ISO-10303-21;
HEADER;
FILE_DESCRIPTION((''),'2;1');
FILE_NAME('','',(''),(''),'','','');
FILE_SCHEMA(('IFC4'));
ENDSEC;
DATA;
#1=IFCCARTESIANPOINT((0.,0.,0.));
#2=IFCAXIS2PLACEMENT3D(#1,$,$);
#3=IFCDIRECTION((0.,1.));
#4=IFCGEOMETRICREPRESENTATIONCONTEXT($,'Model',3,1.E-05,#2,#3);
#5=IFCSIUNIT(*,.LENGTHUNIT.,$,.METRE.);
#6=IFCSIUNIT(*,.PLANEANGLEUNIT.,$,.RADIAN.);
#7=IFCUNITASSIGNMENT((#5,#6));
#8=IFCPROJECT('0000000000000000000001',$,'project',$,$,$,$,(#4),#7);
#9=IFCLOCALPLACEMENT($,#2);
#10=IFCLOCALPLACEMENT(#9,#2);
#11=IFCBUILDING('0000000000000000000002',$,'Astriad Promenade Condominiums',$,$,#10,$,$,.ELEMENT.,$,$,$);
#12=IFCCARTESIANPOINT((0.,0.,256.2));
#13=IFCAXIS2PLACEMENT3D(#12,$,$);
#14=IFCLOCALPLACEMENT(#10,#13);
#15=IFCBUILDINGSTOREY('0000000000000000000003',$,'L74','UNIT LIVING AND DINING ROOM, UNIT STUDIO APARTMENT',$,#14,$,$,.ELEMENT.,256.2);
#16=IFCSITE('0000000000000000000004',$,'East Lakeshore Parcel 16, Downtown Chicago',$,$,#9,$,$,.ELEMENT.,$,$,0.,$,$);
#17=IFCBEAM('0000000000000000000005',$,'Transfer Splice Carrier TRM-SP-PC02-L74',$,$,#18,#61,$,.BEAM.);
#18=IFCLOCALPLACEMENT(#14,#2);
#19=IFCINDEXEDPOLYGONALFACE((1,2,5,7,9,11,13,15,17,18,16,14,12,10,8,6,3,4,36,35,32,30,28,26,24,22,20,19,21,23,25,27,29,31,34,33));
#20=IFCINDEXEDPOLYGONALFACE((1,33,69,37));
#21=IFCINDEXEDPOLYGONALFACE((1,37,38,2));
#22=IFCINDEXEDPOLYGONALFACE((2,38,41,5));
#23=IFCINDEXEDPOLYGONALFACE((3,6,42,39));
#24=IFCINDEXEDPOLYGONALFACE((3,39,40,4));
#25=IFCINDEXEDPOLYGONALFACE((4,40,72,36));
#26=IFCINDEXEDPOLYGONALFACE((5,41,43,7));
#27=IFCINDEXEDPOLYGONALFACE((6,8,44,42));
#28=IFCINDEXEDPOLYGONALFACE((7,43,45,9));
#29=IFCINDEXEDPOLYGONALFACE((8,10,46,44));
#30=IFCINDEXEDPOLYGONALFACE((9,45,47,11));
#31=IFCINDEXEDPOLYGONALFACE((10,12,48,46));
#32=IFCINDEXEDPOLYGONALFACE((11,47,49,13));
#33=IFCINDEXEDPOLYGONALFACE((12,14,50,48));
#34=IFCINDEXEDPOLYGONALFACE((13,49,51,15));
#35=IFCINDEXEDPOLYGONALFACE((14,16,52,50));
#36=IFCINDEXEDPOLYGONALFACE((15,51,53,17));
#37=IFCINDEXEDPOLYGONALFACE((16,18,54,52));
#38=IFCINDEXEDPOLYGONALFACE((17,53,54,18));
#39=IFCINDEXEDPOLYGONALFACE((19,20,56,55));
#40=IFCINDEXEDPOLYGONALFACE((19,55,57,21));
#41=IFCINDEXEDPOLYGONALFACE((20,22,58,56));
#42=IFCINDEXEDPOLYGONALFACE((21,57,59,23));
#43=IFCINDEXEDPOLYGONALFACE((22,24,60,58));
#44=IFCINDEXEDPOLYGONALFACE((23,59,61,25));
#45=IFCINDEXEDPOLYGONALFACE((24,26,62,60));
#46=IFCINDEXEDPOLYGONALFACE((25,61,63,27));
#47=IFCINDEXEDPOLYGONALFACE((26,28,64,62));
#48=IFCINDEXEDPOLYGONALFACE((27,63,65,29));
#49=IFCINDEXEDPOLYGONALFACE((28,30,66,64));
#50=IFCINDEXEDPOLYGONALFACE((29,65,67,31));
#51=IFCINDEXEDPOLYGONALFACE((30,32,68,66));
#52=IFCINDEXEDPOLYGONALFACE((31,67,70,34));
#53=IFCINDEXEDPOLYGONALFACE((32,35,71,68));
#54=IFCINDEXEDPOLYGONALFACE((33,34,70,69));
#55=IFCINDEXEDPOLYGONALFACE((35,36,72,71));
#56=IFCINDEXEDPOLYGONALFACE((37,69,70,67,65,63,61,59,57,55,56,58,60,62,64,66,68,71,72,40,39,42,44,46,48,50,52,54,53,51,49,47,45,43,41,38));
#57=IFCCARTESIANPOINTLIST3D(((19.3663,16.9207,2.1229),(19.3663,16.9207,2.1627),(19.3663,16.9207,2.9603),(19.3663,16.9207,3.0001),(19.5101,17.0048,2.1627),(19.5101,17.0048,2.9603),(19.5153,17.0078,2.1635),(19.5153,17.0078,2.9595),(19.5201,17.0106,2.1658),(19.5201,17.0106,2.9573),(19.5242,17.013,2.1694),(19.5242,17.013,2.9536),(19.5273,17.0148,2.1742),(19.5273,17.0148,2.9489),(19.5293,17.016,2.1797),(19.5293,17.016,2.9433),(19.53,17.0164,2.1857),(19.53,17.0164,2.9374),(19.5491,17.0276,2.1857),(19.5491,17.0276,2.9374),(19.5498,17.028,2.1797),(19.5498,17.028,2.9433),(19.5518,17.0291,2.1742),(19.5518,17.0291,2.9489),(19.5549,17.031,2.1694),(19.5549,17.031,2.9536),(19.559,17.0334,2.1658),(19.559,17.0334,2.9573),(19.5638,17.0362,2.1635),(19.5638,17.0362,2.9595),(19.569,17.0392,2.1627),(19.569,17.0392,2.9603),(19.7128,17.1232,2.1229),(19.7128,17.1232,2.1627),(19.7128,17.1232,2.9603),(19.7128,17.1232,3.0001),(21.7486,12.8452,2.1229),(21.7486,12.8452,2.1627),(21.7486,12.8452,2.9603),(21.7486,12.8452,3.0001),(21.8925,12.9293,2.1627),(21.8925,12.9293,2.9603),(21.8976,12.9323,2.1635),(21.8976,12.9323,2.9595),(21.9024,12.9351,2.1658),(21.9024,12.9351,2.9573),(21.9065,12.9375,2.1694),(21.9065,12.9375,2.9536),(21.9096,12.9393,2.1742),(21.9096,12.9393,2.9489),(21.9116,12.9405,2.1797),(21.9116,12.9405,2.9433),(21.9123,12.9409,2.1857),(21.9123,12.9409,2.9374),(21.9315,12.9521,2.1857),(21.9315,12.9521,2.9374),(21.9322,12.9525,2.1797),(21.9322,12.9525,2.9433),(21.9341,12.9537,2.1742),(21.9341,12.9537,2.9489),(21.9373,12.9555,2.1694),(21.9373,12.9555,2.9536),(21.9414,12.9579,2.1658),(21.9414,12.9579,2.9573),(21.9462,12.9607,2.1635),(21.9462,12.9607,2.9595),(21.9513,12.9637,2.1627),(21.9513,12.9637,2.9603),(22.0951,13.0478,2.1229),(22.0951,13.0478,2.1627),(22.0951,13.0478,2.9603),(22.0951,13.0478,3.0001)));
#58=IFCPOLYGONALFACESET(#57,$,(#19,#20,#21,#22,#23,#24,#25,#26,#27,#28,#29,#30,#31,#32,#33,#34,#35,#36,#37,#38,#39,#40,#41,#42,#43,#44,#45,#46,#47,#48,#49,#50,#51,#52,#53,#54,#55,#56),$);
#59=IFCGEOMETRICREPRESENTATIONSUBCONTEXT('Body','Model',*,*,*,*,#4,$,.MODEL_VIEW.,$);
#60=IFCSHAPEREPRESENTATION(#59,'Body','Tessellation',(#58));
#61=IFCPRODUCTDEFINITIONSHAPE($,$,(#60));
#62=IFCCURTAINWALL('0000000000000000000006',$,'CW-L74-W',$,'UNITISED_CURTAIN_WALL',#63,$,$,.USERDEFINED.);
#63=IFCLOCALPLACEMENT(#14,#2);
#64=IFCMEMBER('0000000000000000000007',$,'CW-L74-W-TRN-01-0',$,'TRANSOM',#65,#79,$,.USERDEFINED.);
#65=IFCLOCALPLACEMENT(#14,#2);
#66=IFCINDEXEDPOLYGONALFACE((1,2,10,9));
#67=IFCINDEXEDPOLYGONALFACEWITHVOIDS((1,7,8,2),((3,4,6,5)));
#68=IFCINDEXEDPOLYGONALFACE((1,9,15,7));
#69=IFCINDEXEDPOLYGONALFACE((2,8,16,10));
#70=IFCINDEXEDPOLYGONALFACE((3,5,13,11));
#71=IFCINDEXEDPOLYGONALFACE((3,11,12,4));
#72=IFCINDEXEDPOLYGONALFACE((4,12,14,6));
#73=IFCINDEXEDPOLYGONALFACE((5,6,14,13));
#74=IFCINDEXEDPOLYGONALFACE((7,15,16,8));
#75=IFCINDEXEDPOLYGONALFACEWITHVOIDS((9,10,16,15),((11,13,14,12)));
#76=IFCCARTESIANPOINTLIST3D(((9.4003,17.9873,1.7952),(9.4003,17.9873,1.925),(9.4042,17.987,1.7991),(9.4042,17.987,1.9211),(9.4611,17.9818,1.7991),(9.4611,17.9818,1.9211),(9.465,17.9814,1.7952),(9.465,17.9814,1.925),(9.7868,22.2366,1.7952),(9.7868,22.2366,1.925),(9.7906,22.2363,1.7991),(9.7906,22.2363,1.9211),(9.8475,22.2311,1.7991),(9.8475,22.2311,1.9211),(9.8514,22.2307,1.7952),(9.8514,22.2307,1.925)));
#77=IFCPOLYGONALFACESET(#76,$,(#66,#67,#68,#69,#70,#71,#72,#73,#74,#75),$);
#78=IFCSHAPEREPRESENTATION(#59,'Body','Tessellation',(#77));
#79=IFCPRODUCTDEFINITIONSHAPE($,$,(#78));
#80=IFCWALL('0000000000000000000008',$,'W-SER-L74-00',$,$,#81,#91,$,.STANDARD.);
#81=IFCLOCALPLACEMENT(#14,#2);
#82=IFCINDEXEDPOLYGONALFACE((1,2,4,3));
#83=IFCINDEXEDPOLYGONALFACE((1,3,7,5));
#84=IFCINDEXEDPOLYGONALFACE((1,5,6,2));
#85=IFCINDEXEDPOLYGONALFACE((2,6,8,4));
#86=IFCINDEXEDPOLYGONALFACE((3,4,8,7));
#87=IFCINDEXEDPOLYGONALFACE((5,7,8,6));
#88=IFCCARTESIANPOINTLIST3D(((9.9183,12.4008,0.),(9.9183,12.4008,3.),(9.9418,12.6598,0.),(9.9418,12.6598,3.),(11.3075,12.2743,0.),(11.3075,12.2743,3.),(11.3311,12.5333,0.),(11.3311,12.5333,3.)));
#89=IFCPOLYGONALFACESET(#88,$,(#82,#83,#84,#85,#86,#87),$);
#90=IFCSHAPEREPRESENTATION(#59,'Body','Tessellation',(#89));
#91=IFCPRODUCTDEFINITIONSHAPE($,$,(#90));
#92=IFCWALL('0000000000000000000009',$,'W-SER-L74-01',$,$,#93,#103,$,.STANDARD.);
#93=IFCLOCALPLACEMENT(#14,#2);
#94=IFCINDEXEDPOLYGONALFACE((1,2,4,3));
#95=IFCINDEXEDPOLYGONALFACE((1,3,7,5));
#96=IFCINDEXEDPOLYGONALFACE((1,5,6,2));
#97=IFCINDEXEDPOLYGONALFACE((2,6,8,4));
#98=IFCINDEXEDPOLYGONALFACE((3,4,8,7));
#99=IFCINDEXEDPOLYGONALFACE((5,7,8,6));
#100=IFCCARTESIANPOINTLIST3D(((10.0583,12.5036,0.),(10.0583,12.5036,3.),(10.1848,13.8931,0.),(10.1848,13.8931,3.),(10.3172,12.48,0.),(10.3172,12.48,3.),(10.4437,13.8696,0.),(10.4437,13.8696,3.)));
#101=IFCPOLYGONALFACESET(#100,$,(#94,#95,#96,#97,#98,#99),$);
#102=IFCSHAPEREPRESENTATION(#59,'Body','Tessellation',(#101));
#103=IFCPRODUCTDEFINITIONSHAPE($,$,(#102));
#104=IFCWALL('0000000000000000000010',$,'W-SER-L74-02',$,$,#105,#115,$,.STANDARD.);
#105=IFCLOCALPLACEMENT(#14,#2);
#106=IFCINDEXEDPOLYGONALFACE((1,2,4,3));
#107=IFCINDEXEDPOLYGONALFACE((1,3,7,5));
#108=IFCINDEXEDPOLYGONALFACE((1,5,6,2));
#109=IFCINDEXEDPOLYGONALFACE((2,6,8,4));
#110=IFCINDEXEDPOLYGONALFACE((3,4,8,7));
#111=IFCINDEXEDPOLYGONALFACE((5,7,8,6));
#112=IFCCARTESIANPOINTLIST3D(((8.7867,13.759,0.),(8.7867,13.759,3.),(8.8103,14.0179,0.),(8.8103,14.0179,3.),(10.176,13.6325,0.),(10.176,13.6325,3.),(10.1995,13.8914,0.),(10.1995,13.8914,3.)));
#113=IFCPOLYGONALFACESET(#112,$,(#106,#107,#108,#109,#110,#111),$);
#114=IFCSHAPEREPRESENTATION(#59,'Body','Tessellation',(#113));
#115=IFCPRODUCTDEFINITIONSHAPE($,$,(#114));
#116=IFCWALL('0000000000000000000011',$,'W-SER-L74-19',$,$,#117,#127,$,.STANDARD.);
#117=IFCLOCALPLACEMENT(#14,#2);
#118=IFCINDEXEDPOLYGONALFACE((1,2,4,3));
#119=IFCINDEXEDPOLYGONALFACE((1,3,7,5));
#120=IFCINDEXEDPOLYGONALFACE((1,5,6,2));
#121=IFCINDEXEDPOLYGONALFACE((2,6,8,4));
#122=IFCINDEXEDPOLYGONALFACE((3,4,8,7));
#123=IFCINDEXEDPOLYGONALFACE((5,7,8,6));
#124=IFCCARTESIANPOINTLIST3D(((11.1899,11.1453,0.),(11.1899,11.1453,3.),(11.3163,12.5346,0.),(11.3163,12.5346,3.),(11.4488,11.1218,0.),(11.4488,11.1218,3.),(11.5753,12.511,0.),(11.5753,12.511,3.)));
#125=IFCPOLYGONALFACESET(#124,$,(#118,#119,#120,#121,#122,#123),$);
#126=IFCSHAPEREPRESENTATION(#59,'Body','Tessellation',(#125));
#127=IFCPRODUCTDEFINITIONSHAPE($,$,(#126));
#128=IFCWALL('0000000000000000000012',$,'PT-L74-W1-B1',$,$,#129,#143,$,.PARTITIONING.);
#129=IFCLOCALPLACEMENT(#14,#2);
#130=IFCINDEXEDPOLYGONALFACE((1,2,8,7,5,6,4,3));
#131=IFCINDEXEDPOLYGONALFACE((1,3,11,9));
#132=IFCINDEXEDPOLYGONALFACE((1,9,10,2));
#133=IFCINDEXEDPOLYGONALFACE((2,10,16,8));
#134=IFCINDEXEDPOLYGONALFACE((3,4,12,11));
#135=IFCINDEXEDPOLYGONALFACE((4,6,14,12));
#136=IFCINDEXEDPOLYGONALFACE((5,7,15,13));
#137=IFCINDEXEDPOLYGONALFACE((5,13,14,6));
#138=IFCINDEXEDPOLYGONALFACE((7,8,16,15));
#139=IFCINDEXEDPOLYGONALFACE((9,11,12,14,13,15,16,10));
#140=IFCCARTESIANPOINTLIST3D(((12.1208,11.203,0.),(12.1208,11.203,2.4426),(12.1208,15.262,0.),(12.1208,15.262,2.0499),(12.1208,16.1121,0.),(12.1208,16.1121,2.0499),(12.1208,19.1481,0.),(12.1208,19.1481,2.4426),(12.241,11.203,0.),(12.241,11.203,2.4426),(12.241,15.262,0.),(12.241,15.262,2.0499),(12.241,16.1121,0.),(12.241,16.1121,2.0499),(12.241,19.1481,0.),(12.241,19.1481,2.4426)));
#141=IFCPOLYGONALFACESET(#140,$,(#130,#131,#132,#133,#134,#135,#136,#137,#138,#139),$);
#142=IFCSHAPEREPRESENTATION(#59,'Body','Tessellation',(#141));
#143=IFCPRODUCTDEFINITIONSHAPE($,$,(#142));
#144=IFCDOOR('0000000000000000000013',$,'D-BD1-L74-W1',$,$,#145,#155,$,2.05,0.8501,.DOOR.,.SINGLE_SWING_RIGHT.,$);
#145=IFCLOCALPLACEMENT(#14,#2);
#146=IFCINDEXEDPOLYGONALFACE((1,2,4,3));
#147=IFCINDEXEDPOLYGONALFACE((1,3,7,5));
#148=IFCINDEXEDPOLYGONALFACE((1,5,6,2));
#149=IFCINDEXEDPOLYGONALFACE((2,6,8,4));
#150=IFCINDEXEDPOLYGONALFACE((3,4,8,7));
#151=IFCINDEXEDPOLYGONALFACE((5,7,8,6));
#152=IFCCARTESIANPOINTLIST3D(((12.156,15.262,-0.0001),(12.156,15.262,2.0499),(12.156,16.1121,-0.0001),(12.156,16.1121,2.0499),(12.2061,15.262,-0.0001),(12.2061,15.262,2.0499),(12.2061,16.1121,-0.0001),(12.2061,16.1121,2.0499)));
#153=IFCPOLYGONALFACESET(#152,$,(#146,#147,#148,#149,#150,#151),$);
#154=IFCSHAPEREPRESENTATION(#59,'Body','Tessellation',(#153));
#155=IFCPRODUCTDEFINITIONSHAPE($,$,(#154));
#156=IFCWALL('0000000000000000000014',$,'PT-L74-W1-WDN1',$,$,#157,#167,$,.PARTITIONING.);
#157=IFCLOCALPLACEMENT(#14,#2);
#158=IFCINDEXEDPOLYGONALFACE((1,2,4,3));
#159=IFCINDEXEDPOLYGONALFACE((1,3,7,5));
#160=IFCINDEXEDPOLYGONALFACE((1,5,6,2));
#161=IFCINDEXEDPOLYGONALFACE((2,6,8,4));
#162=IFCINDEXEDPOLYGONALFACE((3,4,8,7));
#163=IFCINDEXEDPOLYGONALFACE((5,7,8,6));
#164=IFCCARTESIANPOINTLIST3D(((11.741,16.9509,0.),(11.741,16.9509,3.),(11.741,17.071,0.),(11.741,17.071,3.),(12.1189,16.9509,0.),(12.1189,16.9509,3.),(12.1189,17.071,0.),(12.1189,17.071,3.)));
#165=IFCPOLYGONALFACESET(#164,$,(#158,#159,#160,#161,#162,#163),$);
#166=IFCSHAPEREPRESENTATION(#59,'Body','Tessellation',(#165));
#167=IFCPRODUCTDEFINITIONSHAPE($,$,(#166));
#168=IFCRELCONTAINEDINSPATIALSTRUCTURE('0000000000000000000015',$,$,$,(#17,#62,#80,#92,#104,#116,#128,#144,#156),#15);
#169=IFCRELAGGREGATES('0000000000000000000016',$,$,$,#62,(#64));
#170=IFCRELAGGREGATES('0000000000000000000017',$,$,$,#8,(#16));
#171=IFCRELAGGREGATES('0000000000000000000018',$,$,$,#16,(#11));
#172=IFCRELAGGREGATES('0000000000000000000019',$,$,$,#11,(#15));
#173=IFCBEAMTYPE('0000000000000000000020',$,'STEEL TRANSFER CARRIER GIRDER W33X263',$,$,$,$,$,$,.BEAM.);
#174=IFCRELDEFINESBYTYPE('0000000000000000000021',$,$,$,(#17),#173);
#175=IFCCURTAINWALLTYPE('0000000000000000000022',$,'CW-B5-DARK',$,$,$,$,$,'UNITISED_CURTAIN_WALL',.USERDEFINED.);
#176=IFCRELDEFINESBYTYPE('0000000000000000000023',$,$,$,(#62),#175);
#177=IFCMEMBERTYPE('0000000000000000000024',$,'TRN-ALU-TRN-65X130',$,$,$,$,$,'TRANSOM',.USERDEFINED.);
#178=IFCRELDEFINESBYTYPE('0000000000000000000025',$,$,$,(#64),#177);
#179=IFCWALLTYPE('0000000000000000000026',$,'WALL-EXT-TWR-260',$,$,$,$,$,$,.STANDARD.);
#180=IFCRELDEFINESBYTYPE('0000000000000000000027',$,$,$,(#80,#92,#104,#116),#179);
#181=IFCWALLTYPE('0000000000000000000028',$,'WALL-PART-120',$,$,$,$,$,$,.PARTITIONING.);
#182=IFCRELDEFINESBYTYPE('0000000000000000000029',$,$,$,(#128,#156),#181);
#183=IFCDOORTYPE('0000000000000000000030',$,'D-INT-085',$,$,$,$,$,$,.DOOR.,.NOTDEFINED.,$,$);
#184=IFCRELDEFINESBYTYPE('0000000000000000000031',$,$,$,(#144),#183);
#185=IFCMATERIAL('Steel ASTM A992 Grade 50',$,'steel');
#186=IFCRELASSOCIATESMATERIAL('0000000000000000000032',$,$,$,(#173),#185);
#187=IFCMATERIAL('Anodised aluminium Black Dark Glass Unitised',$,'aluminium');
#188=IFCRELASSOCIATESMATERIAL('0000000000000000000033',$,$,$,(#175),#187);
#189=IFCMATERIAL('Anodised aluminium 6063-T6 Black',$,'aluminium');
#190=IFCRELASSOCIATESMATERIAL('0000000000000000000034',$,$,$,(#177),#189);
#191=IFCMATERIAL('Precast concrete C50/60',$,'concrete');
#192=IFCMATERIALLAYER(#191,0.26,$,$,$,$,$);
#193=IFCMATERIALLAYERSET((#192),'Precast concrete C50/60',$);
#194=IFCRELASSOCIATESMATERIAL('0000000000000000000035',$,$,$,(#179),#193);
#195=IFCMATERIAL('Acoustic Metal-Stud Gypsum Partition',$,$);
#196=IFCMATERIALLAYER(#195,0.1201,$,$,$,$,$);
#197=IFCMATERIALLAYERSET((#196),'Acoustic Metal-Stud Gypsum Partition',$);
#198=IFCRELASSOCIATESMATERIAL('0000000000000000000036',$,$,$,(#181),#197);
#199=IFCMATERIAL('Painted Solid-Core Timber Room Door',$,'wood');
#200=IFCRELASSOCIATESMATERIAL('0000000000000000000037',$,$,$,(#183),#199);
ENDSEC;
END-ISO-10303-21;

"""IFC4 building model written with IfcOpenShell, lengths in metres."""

from ifc_helpers import new_model, si_unit, direction, frame, frame_2d, origin, origin_2d, place, context, subcontext, project, spatial, rectangle, hollow_rectangle, i_section, extrude, source, transform, mapped, material, layer, layer_set, material_profile, profile_set, type_object, type_shapes, element, fill, aggregate, save


model = new_model("IFC4")

# Units and contexts
model_context = context("Model", 3, precision=1e-05, world=origin(), true_north=direction((0.0, 1.0)))
body_context = subcontext(model_context, "Body", "Model", "MODEL_VIEW")
ifc_project = project(units=[si_unit("LENGTHUNIT", "METRE"), si_unit("PLANEANGLEUNIT", "RADIAN")], contexts=[model_context])

# Site, building, storey
site_placement = place(None, origin())
site = spatial("IfcSite", under=ifc_project, at=site_placement, Name="East Lakeshore Parcel 16, Downtown Chicago", CompositionType="ELEMENT", RefElevation=0.0)
building_placement = place(site_placement, origin())
building = spatial("IfcBuilding", under=site, at=building_placement, Name="Astriad Promenade Condominiums", CompositionType="ELEMENT")
storey_placement = place(building_placement, frame((0.0, 0.0, 256.2)))
storey = spatial("IfcBuildingStorey", under=building, at=storey_placement, Name="L74", Description="UNIT LIVING AND DINING ROOM, UNIT STUDIO APARTMENT", CompositionType="ELEMENT", Elevation=256.2)

# Beam
ifc_material_1 = material(Name="Steel ASTM A992 Grade 50", Category="steel")
ifc_material_profile_1 = material_profile(ifc_material_1, i_section(OverallWidth=0.4014, OverallDepth=0.8772, WebThickness=0.0222, FlangeThickness=0.0398, FilletRadius=0.0229, at=origin_2d()), Name="W33X263")
ifc_profile_set_1 = profile_set([ifc_material_profile_1], Name="Steel ASTM A992 Grade 50")
beam_type_1 = type_object("IfcBeamType", Name="STEEL TRANSFER CARRIER GIRDER W33X263", PredefinedType="BEAM", material=ifc_profile_set_1)
shared_shape_1 = source(origin(), body_context, "Body", "SweptSolid", [
    extrude(i_section(OverallWidth=0.4014, OverallDepth=0.8772, WebThickness=0.0222, FlangeThickness=0.0398, FilletRadius=0.0229, at=origin_2d()), origin(), (0.0, 0.0, 1.0), 4.7207),
])
beam_1_placement = place(storey_placement, frame((19.5396, 17.022, 2.5615), z_axis=(0.504659, -0.863319, 0.0), x_axis=(0.863319, 0.504659, 0.0)))
element("IfcBeam", 1, at=beam_1_placement, inside=storey, type_object=beam_type_1, Name="Transfer Splice Carrier TRM-SP-PC02-L74", PredefinedType="BEAM", context=body_context, shape_type="MappedRepresentation", body=[
    mapped(shared_shape_1, transform((0.0, 0.0, 0.0), scale=1.0)),
])

# Curtain wall, member
ifc_material_2 = material(Name="Anodised aluminium Black Dark Glass Unitised", Category="aluminium")
curtain_wall_type = type_object("IfcCurtainWallType", Name="CW-B5-DARK", ElementType="UNITISED_CURTAIN_WALL", PredefinedType="USERDEFINED", material=ifc_material_2)
curtain_wall_placement = place(storey_placement, origin())
curtain_wall = element("IfcCurtainWall", 2, at=curtain_wall_placement, inside=storey, type_object=curtain_wall_type, Name="CW-L74-W", ObjectType="UNITISED_CURTAIN_WALL", PredefinedType="USERDEFINED")
ifc_material_3 = material(Name="Anodised aluminium 6063-T6 Black", Category="aluminium")
ifc_material_profile_2 = material_profile(ifc_material_3, hollow_rectangle(XDim=0.0649, YDim=0.1299, WallThickness=0.0039, at=origin_2d()), Name="ALU-TRN-65X130")
ifc_profile_set_2 = profile_set([ifc_material_profile_2], Name="Anodised aluminium 6063-T6 Black")
member_type = type_object("IfcMemberType", Name="TRN-ALU-TRN-65X130", ElementType="TRANSOM", PredefinedType="USERDEFINED", material=ifc_profile_set_2)
shared_shape_2 = source(origin(), body_context, "Body", "SweptSolid", [
    extrude(hollow_rectangle(XDim=0.0649, YDim=0.1299, WallThickness=0.0039, at=origin_2d()), origin(), (0.0, 0.0, 1.0), 4.2668),
])
type_shapes(member_type, [shared_shape_2])
member_placement = place(storey_placement, frame((9.4326, 17.9844, 1.8601), z_axis=(0.090577, 0.995889, 0.0), x_axis=(-0.995889, 0.090577, 0.0)))
member = element("IfcMember", 3, at=member_placement, type_object=member_type, Name="CW-L74-W-TRN-01-0", ObjectType="TRANSOM", PredefinedType="USERDEFINED", context=body_context, shape_type="MappedRepresentation", body=[
    mapped(shared_shape_2, transform((0.0, 0.0, 0.0), scale=1.0)),
])
aggregate(curtain_wall, [member])

# Walls
ifc_material_4 = material(Name="Precast concrete C50/60", Category="concrete")
ifc_layer_1 = layer(ifc_material_4, 0.26)
ifc_layer_set_1 = layer_set([ifc_layer_1], Name="Precast concrete C50/60")
wall_type_1 = type_object("IfcWallType", Name="WALL-EXT-TWR-260", PredefinedType="STANDARD", material=ifc_layer_set_1)
wall_1_placement = place(storey_placement, frame((11.3193, 12.4038, 0.0), z_axis=(0.0, 0.0, 1.0), x_axis=(-0.995882, 0.090662, 0.0)))
element("IfcWall", 4, at=wall_1_placement, inside=storey, type_object=wall_type_1, Name="W-SER-L74-00", PredefinedType="STANDARD", context=body_context, shape_type="SweptSolid", body=[
    extrude(rectangle(XDim=1.395, YDim=0.26, at=frame_2d((0.6975, 0.0))), origin(), (0.0, 0.0, 1.0), 3.0),
])
wall_2_placement = place(storey_placement, frame((10.1877, 12.4917, 0.0), z_axis=(0.0, 0.0, 1.0), x_axis=(0.090646, 0.995883, 0.0)))
element("IfcWall", 5, at=wall_2_placement, inside=storey, type_object=wall_type_1, Name="W-SER-L74-01", PredefinedType="STANDARD", context=body_context, shape_type="SweptSolid", body=[
    extrude(rectangle(XDim=1.3953, YDim=0.26, at=frame_2d((0.6978, 0.0))), origin(), (0.0, 0.0, 1.0), 3.0),
])
for number, where, z_axis, x_axis, name in (
    (6, (10.1877, 13.762, 0.0), (0.0, 0.0, 1.0), (-0.995882, 0.090662, 0.0), "W-SER-L74-02"),
    (7, (11.3193, 11.1335, 0.0), (0.0, 0.0, 1.0), (0.090662, 0.995882, 0.0), "W-SER-L74-19"),
):
    element("IfcWall", number, at=place(storey_placement, frame(where, z_axis=z_axis, x_axis=x_axis)), inside=storey, type_object=wall_type_1, Name=name, PredefinedType="STANDARD", context=body_context, shape_type="SweptSolid", body=[
        extrude(rectangle(XDim=1.395, YDim=0.26, at=frame_2d((0.6975, 0.0))), origin(), (0.0, 0.0, 1.0), 3.0),
    ])

# Wall, opening, door
ifc_material_5 = material(Name="Acoustic Metal-Stud Gypsum Partition")
ifc_layer_2 = layer(ifc_material_5, 0.1201)
ifc_layer_set_2 = layer_set([ifc_layer_2], Name="Acoustic Metal-Stud Gypsum Partition")
wall_type_2 = type_object("IfcWallType", Name="WALL-PART-120", PredefinedType="PARTITIONING", material=ifc_layer_set_2)
wall_3_placement = place(storey_placement, frame((12.1809, 11.2029, 0.0), z_axis=(0.0, 0.0, 1.0), x_axis=(0.0, 1.0, 0.0)))
wall_3 = element("IfcWall", 8, at=wall_3_placement, inside=storey, type_object=wall_type_2, Name="PT-L74-W1-B1", PredefinedType="PARTITIONING", context=body_context, shape_type="SweptSolid", body=[
    extrude(rectangle(XDim=7.9451, YDim=0.1201, at=frame_2d((3.9727, 0.0))), origin(), (0.0, 0.0, 1.0), 2.4426),
])
opening_1_placement = place(wall_3_placement, frame((4.0591, 0.0, 0.0)))
opening_1 = element("IfcOpeningElement", 9, at=opening_1_placement, cuts=wall_3, PredefinedType="OPENING", context=body_context, shape_type="SweptSolid", body=[
    extrude(rectangle(XDim=0.8501, YDim=2.05, at=frame_2d((0.425, 1.0249))), frame((0.0, 0.0701, 0.0), z_axis=(0.0, -1.0, 0.0), x_axis=(1.0, 0.0, 0.0)), (0.0, 0.0, 1.0), 0.1401),
])
ifc_material_6 = material(Name="Painted Solid-Core Timber Room Door", Category="wood")
door_type = type_object("IfcDoorType", Name="D-INT-085", OperationType="NOTDEFINED", PredefinedType="DOOR", material=ifc_material_6)
shared_shape_3 = source(origin(), body_context, "Body", "SweptSolid", [
    extrude(rectangle(XDim=0.8501, YDim=2.05, at=frame_2d((0.425, 1.0249))), frame((0.0, 0.0249, 0.0), z_axis=(0.0, -1.0, 0.0), x_axis=(1.0, 0.0, 0.0)), (0.0, 0.0, 1.0), 0.05),
])
type_shapes(door_type, [shared_shape_3])
door_1_placement = place(opening_1_placement, origin())
door_1 = element("IfcDoor", 10, at=door_1_placement, inside=storey, type_object=door_type, Name="D-BD1-L74-W1", OperationType="SINGLE_SWING_RIGHT", OverallHeight=2.05, OverallWidth=0.8501, PredefinedType="DOOR", context=body_context, shape_type="MappedRepresentation", body=[
    mapped(shared_shape_3, transform((0.0, 0.0, 0.0), scale=1.0)),
])
fill(opening_1, door_1)

# Wall
wall_4_placement = place(storey_placement, frame((11.741, 17.011, 0.0), z_axis=(0.0, 0.0, 1.0), x_axis=(1.0, 0.0, 0.0)))
element("IfcWall", 11, at=wall_4_placement, inside=storey, type_object=wall_type_2, Name="PT-L74-W1-WDN1", PredefinedType="PARTITIONING", context=body_context, shape_type="SweptSolid", body=[
    extrude(rectangle(XDim=0.3779, YDim=0.1201, at=frame_2d((0.189, 0.0))), origin(), (0.0, 0.0, 1.0), 3.0),
])

save(model, "model.ifc")
